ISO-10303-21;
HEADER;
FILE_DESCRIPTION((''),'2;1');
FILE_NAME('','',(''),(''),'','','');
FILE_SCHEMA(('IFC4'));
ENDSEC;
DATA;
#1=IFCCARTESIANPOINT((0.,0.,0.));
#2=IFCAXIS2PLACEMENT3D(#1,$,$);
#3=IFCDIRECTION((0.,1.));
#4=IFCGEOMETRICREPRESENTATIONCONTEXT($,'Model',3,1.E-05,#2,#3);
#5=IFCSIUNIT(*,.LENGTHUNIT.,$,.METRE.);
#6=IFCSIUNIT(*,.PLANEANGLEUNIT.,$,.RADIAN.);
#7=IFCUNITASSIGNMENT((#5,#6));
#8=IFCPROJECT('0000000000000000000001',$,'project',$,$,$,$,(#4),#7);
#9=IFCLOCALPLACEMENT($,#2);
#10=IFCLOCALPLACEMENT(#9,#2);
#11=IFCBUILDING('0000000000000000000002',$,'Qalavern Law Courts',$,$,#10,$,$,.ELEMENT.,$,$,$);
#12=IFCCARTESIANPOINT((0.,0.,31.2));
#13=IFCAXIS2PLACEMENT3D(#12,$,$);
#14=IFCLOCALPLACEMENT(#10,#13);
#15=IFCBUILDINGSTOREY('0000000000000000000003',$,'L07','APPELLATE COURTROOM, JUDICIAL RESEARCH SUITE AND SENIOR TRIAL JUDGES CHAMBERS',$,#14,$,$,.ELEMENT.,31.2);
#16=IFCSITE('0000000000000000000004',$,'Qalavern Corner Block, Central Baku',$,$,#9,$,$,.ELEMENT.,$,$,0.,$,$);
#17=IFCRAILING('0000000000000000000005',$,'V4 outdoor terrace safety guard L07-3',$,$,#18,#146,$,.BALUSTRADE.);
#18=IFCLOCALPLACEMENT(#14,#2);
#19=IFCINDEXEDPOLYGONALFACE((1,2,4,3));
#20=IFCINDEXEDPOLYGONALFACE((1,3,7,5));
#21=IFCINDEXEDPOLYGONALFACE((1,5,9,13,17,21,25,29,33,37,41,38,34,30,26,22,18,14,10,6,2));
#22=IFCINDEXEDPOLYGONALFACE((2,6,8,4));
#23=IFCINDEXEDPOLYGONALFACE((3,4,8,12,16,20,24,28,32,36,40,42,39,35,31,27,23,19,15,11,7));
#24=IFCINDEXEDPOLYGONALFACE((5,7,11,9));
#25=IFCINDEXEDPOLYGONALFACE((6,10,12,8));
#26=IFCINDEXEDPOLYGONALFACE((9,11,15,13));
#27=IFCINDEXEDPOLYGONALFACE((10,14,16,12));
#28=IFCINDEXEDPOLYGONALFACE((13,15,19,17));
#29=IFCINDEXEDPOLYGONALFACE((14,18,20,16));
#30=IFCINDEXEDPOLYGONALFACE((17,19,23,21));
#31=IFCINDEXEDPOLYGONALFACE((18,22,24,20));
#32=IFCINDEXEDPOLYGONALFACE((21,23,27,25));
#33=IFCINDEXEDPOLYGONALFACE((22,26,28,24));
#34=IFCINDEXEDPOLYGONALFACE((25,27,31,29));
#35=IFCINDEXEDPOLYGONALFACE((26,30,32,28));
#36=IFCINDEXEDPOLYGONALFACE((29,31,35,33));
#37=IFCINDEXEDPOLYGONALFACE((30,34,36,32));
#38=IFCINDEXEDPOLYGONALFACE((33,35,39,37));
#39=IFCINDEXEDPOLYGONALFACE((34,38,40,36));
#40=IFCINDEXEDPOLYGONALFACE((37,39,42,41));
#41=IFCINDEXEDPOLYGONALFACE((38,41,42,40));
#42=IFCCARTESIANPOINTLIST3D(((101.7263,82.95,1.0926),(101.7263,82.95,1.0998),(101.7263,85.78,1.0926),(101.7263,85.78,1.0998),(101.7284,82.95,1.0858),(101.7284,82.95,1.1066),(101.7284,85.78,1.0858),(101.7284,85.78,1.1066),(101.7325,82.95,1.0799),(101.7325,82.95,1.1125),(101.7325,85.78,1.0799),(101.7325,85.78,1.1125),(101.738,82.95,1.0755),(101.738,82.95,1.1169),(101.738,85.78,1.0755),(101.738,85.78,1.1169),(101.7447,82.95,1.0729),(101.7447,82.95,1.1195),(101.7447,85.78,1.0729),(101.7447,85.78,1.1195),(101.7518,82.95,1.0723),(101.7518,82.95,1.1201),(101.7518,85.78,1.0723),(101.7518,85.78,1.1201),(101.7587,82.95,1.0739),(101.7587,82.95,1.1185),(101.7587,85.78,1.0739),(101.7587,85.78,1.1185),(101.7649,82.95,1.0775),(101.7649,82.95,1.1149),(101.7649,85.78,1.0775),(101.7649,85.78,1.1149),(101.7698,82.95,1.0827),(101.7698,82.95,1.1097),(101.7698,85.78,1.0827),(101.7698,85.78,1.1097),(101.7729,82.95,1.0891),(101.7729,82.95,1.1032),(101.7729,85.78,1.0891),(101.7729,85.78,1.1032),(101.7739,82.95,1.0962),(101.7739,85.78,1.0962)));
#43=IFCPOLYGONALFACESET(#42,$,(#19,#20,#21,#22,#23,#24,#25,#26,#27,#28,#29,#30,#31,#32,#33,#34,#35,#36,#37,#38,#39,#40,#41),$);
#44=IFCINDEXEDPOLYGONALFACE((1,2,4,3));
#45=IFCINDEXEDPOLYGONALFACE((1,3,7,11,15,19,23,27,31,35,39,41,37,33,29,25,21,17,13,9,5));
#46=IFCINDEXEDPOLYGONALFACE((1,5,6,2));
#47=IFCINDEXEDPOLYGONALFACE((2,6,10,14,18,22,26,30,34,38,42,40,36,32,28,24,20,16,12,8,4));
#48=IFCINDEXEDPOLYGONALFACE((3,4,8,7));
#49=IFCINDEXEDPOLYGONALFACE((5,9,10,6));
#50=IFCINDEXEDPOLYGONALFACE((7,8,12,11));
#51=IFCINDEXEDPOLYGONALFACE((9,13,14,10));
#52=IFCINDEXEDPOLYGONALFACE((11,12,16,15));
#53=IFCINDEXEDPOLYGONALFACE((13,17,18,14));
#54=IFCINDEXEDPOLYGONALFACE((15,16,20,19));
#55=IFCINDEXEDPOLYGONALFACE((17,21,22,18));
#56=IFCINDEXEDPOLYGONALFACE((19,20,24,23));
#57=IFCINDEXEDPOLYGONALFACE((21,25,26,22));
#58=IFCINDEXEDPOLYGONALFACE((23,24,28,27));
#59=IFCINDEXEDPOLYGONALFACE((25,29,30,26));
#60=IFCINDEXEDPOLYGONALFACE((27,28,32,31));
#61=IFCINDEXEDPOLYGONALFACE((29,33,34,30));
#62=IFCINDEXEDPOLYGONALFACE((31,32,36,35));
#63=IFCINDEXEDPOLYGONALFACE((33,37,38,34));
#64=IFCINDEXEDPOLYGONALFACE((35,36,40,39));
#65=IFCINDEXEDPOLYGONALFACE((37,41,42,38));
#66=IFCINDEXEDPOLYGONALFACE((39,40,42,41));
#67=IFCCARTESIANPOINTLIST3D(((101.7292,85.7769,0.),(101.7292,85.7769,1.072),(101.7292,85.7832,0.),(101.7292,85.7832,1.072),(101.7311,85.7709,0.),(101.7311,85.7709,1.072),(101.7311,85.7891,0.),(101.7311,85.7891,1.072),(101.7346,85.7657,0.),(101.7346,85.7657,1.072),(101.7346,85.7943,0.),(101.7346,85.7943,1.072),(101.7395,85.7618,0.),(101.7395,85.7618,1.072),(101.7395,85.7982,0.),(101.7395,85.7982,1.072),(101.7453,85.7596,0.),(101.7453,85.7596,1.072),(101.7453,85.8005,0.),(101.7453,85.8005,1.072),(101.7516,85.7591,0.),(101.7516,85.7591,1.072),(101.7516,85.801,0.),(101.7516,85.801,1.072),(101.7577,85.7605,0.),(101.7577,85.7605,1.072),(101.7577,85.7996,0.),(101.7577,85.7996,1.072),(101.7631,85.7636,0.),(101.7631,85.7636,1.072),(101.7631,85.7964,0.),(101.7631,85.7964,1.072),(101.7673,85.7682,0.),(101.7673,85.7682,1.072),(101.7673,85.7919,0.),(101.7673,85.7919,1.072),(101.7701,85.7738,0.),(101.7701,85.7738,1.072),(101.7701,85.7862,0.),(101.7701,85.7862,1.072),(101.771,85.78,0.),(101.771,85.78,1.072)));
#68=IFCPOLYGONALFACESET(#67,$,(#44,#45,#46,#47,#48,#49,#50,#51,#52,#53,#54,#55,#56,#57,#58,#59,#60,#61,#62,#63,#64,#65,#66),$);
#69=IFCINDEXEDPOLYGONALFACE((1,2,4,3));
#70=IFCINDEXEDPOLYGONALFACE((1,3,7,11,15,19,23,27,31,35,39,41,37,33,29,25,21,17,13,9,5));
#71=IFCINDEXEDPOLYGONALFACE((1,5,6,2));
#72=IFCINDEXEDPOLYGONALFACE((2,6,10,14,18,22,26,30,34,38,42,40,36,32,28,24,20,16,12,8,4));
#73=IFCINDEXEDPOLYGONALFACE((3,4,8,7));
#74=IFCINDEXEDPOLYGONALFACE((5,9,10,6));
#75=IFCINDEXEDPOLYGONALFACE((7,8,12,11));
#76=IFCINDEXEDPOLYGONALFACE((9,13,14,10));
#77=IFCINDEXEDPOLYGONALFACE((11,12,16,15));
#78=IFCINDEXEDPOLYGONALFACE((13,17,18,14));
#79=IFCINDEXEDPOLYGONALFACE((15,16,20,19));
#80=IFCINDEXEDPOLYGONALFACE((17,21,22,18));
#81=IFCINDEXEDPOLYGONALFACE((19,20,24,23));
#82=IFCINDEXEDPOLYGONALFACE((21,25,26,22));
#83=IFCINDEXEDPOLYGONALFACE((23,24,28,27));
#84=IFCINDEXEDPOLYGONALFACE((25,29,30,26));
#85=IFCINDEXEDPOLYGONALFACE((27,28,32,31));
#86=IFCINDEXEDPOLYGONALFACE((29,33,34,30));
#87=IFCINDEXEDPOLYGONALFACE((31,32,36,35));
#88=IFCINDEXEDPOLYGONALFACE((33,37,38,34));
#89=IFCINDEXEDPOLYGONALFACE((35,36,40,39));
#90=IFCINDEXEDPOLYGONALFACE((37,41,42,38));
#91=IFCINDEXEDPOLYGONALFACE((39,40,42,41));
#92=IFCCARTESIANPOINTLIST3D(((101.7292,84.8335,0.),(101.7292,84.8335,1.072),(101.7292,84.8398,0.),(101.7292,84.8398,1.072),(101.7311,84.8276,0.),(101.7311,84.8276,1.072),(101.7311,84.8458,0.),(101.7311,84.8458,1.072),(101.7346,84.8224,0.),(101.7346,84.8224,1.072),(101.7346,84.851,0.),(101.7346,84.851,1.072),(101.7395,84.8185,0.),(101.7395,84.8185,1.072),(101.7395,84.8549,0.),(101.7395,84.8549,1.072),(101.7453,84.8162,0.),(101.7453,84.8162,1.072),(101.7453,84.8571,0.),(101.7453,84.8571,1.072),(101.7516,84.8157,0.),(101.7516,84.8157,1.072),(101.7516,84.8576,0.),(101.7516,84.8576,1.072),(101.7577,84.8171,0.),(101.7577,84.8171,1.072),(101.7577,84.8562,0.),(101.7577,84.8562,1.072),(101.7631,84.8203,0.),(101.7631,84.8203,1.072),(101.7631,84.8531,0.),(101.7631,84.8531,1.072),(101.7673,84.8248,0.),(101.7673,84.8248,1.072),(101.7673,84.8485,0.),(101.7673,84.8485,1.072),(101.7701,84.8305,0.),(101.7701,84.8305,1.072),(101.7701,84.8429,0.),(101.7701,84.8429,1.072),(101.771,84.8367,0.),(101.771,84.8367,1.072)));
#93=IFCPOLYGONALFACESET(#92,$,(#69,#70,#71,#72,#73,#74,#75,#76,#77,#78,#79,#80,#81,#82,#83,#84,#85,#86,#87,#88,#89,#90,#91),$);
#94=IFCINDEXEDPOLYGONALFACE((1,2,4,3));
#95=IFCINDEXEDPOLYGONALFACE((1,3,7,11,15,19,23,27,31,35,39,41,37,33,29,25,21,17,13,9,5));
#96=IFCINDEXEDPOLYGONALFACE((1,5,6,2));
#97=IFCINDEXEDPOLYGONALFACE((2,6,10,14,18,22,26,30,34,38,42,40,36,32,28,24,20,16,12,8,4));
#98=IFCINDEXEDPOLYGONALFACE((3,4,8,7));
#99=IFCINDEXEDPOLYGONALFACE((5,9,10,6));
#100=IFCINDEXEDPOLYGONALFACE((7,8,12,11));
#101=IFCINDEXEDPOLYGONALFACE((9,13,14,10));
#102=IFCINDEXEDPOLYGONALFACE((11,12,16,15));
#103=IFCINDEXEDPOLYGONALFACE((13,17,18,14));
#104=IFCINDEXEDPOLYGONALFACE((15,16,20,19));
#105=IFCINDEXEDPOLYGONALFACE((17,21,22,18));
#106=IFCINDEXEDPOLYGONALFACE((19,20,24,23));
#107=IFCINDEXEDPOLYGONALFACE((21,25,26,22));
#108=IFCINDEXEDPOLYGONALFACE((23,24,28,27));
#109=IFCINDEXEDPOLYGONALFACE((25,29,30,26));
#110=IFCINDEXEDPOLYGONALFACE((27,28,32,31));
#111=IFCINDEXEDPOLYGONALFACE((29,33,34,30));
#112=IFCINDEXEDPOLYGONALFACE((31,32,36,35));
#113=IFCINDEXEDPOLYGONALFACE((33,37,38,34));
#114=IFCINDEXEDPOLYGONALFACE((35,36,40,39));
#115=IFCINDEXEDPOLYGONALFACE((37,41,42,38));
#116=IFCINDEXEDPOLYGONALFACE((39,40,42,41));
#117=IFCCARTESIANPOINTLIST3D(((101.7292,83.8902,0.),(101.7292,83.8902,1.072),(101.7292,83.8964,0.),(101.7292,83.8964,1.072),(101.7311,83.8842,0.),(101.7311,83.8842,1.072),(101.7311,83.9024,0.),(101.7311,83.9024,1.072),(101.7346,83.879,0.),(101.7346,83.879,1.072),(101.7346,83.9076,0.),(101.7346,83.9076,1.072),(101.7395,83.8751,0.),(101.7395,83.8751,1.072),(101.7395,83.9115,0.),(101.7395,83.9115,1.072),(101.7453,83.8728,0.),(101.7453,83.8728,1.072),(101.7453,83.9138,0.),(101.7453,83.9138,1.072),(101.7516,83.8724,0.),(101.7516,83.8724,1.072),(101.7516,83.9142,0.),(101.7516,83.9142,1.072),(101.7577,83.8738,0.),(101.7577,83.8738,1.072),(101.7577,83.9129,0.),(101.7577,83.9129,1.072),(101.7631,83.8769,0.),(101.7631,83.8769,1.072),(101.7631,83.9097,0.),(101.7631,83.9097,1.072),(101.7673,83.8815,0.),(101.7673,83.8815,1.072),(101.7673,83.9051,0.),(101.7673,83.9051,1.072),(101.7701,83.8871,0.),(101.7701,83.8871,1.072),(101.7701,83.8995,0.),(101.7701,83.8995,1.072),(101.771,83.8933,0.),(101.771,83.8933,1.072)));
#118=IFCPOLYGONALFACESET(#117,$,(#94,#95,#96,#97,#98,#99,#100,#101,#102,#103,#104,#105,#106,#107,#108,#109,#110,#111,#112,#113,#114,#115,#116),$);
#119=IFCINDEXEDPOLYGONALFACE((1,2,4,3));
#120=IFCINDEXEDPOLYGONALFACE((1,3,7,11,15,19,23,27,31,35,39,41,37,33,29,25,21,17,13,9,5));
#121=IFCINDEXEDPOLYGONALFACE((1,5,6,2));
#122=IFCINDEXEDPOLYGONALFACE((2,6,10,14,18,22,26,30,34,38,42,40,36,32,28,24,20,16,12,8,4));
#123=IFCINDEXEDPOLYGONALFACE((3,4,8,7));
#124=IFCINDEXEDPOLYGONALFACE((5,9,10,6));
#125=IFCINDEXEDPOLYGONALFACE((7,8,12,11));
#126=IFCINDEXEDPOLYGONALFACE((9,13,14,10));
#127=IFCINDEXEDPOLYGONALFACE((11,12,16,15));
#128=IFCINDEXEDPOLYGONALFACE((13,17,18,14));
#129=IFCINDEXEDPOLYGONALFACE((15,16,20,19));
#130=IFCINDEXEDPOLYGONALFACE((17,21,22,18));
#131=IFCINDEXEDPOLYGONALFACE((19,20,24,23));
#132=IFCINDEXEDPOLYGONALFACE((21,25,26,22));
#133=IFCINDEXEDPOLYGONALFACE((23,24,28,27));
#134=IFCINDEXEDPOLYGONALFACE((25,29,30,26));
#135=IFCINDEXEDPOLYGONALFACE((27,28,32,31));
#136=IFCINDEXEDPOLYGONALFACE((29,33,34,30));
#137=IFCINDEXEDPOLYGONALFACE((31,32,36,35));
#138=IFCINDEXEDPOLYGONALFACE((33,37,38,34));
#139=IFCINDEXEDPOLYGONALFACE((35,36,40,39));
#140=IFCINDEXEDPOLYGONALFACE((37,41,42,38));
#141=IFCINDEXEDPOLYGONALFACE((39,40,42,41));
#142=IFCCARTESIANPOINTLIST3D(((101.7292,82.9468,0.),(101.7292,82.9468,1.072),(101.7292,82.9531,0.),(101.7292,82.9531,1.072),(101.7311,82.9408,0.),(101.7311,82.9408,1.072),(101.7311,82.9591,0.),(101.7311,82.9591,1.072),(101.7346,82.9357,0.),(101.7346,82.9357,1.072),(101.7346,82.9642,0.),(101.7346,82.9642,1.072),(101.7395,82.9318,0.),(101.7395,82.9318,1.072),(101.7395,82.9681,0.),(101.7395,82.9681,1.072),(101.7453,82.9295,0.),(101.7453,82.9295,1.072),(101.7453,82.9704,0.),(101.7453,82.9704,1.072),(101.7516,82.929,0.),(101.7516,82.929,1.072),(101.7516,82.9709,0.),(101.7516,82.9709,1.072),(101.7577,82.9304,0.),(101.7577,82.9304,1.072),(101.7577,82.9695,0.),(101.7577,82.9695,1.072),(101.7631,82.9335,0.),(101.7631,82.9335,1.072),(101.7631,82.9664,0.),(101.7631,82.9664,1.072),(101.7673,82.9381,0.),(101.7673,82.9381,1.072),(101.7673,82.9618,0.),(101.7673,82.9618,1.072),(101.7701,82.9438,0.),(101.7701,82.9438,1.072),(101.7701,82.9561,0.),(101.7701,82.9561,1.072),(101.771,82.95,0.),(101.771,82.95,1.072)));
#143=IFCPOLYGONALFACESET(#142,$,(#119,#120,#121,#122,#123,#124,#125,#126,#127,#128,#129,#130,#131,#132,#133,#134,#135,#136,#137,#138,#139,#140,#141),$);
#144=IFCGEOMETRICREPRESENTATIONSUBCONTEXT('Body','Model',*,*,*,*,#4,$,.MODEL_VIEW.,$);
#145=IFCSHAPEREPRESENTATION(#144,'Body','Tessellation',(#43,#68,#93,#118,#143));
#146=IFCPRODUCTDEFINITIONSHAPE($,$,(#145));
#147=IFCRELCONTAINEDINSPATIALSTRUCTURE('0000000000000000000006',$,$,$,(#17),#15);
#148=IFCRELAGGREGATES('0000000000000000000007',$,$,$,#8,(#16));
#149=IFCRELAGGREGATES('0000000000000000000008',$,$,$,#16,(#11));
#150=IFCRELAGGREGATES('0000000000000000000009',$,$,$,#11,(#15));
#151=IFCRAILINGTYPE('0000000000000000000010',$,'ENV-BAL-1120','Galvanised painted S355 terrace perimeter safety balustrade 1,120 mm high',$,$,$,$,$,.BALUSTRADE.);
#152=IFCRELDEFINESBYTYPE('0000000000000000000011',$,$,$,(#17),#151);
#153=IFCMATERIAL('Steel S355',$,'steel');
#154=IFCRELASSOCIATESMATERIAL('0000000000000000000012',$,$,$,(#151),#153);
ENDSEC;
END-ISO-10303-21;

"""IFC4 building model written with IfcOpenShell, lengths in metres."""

from ifc_helpers import new_model, si_unit, direction, frame, origin, origin_2d, place, context, subcontext, project, spatial, circle, extrude, material, type_object, element, save


model = new_model("IFC4")

# Units and contexts
model_context = context("Model", 3, precision=1e-05, world=origin(), true_north=direction((0.0, 1.0)))
body_context = subcontext(model_context, "Body", "Model", "MODEL_VIEW")
ifc_project = project(units=[si_unit("LENGTHUNIT", "METRE"), si_unit("PLANEANGLEUNIT", "RADIAN")], contexts=[model_context])

# Site, building, storey
site_placement = place(None, origin())
site = spatial("IfcSite", under=ifc_project, at=site_placement, Name="Qalavern Corner Block, Central Baku", CompositionType="ELEMENT", RefElevation=0.0)
building_placement = place(site_placement, origin())
building = spatial("IfcBuilding", under=site, at=building_placement, Name="Qalavern Law Courts", CompositionType="ELEMENT")
storey_placement = place(building_placement, frame((0.0, 0.0, 31.2)))
storey = spatial("IfcBuildingStorey", under=building, at=storey_placement, Name="L07", Description="APPELLATE COURTROOM, JUDICIAL RESEARCH SUITE AND SENIOR TRIAL JUDGES CHAMBERS", CompositionType="ELEMENT", Elevation=31.2)

# Shared definitions
ifc_material_1 = material(Name="Steel S355", Category="steel")

# Railing
railing_type_1 = type_object("IfcRailingType", Name="ENV-BAL-1120", Description="Galvanised painted S355 terrace perimeter safety balustrade 1,120 mm high", PredefinedType="BALUSTRADE", material=ifc_material_1)
railing_1_placement = place(storey_placement, frame((101.75, 85.78, 0.0)))
element("IfcRailing", 1, at=railing_1_placement, inside=storey, type_object=railing_type_1, Name="V4 outdoor terrace safety guard L07-3", PredefinedType="BALUSTRADE", context=body_context, shape_type="SweptSolid", body=[
    extrude(circle(Radius=0.0239, at=origin_2d()), frame((0.0, 0.0, 1.0962), z_axis=(0.0, -1.0, 0.0), x_axis=(1.0, 0.0, 0.0)), (0.0, 0.0, 1.0), 2.8301),
    extrude(circle(Radius=0.021, at=origin_2d()), origin(), (0.0, 0.0, 1.0), 1.072),
    extrude(circle(Radius=0.021, at=origin_2d()), frame((0.0, -0.9434, 0.0)), (0.0, 0.0, 1.0), 1.072),
    extrude(circle(Radius=0.021, at=origin_2d()), frame((0.0, -1.8867, 0.0)), (0.0, 0.0, 1.0), 1.072),
    extrude(circle(Radius=0.021, at=origin_2d()), frame((0.0, -2.8301, 0.0)), (0.0, 0.0, 1.0), 1.072),
])

save(model, "model.ifc")
